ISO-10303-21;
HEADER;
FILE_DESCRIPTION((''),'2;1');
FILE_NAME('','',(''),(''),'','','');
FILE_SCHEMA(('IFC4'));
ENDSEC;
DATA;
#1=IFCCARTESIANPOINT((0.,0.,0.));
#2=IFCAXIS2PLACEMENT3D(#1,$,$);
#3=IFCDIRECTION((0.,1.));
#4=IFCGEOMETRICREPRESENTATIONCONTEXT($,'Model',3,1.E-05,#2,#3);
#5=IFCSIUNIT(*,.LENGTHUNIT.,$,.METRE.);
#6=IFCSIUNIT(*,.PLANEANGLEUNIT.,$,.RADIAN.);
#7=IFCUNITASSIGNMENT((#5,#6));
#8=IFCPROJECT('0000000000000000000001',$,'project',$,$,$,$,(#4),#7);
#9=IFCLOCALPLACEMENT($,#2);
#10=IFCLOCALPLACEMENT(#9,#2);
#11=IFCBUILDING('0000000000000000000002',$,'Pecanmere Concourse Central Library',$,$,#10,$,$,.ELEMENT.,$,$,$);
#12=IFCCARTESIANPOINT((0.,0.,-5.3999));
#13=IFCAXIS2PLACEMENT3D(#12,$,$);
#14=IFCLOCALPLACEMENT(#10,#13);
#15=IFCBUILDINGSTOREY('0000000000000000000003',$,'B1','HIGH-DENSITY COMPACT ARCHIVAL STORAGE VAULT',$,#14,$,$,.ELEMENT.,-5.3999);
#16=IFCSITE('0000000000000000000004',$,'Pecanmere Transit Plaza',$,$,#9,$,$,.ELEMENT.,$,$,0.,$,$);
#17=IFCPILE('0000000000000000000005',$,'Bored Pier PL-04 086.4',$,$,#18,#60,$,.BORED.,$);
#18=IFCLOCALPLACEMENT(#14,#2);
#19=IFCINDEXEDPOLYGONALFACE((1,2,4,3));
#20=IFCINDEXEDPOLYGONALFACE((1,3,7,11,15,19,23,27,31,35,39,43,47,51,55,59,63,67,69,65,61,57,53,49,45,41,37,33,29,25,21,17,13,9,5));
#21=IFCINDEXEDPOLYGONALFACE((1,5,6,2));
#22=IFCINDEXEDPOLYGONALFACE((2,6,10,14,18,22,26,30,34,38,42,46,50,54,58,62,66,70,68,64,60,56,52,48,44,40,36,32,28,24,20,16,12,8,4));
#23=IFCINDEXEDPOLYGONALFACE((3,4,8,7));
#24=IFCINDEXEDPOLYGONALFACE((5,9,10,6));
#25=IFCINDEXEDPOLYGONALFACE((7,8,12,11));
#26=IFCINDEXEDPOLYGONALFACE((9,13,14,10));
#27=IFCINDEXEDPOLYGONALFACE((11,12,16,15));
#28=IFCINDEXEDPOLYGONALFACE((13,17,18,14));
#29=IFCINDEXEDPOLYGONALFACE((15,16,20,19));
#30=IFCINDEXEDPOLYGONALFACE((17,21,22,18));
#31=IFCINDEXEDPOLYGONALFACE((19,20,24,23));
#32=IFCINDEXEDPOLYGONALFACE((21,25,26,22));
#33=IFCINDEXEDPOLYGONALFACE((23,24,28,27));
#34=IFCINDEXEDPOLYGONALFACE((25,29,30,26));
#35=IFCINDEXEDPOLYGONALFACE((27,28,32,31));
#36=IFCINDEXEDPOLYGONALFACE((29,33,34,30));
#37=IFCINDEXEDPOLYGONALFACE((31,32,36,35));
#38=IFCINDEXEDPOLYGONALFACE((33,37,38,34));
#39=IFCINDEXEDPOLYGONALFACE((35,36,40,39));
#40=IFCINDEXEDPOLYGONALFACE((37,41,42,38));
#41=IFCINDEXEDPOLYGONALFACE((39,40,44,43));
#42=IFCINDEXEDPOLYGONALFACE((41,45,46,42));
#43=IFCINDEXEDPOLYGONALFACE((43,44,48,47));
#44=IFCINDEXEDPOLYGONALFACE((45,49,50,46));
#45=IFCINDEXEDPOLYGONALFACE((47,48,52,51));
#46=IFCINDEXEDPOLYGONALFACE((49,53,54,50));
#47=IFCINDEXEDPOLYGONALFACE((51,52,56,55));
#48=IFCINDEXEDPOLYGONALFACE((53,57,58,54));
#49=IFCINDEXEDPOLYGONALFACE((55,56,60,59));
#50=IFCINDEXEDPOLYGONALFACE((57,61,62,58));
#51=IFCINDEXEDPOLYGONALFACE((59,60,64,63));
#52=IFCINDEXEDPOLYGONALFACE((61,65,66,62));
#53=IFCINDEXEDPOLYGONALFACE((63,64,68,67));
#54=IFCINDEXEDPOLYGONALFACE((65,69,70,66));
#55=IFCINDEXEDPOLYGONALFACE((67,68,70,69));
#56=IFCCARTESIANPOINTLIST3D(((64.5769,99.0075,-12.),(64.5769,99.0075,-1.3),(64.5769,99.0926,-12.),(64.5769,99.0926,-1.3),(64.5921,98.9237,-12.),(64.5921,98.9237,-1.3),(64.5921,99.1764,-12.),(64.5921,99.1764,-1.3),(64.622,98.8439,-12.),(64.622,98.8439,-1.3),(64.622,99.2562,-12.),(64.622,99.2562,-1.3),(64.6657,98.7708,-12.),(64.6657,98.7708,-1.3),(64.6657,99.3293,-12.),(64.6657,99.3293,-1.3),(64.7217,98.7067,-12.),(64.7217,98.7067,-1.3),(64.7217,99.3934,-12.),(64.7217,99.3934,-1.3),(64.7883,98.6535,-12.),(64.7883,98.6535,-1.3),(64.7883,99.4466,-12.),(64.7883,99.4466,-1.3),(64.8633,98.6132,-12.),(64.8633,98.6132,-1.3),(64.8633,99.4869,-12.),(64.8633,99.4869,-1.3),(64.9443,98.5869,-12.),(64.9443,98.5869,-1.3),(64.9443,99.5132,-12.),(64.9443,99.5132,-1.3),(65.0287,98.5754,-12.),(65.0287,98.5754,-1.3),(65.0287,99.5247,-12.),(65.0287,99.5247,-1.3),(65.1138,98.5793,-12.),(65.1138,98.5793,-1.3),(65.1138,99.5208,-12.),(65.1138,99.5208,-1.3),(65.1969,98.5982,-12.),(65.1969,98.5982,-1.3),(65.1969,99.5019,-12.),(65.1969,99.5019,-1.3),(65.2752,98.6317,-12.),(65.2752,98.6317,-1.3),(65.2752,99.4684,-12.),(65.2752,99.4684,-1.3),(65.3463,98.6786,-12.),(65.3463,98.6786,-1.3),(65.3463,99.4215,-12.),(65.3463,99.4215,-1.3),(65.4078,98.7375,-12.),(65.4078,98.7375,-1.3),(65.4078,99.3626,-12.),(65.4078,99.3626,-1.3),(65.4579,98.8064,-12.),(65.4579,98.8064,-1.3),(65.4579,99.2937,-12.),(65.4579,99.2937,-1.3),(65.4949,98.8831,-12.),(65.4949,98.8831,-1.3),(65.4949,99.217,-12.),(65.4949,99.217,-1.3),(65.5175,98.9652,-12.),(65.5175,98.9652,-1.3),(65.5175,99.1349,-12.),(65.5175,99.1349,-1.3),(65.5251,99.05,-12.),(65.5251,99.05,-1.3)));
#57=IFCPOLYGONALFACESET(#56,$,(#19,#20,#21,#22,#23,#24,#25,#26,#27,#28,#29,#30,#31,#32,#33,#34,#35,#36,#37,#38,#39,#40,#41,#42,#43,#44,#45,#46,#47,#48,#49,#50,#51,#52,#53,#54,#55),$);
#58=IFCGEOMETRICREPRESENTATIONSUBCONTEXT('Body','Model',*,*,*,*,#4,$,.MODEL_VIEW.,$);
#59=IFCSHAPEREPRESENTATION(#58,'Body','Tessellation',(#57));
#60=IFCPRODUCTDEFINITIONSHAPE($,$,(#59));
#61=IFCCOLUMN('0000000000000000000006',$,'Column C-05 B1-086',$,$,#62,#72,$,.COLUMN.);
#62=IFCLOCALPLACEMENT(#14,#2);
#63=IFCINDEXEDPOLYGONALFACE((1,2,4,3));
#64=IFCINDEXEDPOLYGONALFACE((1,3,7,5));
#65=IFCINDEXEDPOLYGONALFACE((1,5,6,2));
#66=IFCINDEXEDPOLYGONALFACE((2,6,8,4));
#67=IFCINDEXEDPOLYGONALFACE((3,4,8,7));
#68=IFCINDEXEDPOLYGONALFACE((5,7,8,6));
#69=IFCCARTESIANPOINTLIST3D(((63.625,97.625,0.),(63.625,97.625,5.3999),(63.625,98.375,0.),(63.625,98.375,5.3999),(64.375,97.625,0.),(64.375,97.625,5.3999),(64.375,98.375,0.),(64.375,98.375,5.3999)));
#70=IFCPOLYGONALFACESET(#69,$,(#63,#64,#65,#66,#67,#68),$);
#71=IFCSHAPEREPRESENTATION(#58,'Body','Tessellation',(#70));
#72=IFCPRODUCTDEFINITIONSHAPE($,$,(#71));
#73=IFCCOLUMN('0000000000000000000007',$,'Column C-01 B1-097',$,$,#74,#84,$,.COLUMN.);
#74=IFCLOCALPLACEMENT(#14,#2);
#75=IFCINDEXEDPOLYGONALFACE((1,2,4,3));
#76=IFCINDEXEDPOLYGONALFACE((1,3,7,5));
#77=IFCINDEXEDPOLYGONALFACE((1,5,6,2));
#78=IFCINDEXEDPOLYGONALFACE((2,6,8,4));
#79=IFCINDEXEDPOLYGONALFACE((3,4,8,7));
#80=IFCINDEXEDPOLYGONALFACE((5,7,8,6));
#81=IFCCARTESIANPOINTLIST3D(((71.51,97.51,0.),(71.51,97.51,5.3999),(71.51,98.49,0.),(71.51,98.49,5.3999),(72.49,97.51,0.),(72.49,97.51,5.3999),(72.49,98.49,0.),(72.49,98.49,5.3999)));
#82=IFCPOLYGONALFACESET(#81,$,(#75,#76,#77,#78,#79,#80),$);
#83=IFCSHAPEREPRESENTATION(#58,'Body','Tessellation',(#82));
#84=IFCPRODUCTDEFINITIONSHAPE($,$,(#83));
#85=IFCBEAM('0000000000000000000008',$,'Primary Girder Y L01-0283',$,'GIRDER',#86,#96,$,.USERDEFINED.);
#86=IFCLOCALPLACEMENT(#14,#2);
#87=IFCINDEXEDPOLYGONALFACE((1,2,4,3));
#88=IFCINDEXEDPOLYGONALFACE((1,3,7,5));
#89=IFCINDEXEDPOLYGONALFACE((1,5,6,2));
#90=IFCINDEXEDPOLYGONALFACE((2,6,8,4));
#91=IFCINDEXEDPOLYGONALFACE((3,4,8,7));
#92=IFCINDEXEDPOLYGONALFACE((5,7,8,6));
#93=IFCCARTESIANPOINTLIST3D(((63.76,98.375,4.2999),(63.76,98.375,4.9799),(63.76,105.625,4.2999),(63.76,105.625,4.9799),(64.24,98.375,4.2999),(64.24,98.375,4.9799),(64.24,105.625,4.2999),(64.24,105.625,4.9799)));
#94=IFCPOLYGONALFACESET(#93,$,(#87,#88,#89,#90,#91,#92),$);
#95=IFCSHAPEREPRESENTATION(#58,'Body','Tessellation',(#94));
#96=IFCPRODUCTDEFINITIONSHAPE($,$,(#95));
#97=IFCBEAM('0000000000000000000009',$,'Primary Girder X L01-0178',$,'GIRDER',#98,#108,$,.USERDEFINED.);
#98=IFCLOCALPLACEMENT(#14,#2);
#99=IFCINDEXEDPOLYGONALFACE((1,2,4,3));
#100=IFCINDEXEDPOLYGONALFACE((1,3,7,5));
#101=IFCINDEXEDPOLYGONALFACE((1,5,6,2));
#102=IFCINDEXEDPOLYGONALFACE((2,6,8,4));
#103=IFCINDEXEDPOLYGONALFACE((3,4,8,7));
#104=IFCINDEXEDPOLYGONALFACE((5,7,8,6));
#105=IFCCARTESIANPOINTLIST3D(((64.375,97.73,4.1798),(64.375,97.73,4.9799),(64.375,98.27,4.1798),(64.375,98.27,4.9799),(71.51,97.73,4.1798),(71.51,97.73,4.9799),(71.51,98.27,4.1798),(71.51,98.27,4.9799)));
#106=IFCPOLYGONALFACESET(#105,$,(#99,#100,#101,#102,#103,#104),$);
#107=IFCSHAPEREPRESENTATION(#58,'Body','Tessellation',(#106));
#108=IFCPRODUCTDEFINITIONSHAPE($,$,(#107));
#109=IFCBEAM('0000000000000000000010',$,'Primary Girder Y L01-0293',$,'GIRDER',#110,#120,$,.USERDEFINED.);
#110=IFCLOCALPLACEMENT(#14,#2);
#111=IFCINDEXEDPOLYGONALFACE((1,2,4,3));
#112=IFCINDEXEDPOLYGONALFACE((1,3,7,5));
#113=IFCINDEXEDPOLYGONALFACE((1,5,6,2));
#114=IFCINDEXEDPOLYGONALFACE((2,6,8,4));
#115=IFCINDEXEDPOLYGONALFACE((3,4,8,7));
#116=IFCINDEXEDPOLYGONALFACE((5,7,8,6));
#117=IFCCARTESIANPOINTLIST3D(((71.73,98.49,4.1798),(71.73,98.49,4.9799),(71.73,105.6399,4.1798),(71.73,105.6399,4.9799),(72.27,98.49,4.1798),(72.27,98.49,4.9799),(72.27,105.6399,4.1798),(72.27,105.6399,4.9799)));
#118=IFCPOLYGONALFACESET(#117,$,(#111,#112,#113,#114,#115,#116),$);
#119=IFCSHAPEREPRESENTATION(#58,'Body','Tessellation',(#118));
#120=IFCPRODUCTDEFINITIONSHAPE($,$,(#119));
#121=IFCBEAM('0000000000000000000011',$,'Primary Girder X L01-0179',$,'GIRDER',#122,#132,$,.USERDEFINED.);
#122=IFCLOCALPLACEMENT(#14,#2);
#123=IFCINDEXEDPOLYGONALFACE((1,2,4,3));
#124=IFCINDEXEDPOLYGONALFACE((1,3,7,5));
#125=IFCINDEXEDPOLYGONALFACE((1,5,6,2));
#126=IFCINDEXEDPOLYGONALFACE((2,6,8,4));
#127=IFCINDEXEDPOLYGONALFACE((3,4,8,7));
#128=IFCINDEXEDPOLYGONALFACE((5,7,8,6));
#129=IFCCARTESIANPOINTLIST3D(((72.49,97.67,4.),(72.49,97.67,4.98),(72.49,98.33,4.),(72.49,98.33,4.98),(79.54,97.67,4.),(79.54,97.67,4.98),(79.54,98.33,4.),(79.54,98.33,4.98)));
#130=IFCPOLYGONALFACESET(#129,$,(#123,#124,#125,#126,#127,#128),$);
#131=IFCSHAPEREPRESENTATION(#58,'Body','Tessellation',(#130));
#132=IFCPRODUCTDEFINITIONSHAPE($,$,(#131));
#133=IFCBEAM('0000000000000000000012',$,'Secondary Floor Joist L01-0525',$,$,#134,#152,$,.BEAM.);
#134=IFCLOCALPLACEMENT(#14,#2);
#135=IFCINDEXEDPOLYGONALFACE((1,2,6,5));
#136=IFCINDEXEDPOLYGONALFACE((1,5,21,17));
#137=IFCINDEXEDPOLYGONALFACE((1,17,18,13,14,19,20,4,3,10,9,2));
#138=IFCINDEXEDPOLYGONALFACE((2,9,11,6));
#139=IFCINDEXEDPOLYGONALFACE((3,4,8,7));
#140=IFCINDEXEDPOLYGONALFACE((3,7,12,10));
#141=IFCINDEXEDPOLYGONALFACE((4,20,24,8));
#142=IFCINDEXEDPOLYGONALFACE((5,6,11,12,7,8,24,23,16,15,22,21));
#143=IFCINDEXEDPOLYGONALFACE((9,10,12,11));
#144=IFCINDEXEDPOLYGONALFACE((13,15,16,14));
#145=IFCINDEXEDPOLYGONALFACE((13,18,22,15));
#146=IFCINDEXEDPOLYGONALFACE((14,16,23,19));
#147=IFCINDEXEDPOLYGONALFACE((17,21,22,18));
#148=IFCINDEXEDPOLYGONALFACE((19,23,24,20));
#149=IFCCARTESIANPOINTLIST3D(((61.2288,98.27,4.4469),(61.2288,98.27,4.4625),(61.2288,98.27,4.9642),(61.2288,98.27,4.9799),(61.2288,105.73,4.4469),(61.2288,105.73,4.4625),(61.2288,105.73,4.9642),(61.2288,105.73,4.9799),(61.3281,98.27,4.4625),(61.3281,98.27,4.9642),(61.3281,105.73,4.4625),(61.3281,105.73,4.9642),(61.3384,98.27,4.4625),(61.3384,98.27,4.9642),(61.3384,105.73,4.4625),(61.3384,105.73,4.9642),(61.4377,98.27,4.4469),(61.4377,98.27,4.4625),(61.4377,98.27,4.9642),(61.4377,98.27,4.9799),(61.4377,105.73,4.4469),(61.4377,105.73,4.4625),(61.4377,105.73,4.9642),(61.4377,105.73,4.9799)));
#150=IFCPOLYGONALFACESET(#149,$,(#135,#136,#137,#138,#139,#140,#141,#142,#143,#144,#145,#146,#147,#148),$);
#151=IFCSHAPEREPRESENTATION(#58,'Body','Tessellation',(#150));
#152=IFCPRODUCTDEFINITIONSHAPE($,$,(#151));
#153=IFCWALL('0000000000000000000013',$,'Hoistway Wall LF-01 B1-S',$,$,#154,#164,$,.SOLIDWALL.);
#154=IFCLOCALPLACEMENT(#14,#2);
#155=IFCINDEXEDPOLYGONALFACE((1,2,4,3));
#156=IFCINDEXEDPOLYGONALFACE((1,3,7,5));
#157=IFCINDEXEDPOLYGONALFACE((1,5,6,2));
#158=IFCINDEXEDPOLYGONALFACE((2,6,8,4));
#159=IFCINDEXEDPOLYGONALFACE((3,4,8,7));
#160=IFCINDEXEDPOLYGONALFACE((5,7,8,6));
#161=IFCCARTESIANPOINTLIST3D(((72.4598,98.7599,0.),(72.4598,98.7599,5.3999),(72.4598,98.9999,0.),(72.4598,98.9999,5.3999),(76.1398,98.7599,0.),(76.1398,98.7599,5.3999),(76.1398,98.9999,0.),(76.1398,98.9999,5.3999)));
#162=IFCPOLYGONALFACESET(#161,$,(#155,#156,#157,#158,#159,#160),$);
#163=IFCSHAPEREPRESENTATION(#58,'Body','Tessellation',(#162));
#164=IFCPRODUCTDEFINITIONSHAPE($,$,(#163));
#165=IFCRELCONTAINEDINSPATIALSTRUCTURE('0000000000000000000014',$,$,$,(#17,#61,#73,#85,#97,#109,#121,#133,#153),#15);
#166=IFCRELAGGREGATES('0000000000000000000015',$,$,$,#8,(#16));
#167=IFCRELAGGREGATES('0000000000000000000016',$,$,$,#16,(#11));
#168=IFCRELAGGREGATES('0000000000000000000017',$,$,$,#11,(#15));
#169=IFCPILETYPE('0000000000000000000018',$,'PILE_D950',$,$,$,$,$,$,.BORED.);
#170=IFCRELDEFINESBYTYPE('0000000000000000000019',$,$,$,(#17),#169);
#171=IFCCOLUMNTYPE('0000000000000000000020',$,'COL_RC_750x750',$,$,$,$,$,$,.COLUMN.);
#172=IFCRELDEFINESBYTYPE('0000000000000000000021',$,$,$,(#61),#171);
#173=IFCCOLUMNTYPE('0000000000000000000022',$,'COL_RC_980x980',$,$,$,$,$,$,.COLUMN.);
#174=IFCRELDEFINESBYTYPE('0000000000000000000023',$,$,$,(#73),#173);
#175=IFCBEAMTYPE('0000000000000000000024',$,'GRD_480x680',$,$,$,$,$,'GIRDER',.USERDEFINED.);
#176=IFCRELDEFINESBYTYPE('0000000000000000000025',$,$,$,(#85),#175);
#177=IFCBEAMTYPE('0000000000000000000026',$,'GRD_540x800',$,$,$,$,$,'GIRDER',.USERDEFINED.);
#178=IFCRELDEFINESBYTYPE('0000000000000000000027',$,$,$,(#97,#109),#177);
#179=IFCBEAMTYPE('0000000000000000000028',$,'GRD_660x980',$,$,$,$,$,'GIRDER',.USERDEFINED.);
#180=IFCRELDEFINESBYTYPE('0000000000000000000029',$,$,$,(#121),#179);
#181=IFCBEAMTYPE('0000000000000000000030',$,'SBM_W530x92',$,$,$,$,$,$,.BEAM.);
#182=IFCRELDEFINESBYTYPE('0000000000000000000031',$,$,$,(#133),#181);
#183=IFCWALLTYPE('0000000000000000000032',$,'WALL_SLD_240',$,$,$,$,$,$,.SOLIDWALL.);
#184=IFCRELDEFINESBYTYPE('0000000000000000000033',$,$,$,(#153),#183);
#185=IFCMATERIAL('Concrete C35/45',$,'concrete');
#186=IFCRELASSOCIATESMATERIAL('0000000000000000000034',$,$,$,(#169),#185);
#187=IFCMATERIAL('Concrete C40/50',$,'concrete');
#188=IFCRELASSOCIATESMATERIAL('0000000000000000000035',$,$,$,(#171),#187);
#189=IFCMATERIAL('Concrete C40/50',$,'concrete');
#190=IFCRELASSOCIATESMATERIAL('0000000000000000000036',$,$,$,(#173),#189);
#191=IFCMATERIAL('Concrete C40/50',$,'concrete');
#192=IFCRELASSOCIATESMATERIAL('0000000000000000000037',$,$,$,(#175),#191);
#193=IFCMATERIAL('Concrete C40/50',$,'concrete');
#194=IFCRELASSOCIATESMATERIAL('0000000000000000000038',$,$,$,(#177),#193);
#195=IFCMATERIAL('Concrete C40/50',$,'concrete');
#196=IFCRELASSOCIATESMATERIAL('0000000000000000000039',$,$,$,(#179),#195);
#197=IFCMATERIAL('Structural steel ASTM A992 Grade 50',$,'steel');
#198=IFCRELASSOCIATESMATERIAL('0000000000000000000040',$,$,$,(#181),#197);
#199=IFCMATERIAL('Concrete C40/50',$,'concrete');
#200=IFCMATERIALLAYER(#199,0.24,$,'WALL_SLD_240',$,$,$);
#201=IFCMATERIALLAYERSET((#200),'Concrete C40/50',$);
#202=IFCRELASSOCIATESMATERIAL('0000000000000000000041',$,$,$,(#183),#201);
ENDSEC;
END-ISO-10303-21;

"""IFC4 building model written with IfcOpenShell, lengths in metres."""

from ifc_helpers import new_model, si_unit, direction, frame, frame_2d, origin, origin_2d, place, context, subcontext, project, spatial, rectangle, circle, i_section, extrude, material, layer, layer_set, material_profile, profile_set, type_object, element, save


model = new_model("IFC4")

# Units and contexts
model_context = context("Model", 3, precision=1e-05, world=origin(), true_north=direction((0.0, 1.0)))
body_context = subcontext(model_context, "Body", "Model", "MODEL_VIEW")
ifc_project = project(units=[si_unit("LENGTHUNIT", "METRE"), si_unit("PLANEANGLEUNIT", "RADIAN")], contexts=[model_context])

# Site, building, storey
site_placement = place(None, origin())
site = spatial("IfcSite", under=ifc_project, at=site_placement, Name="Pecanmere Transit Plaza", CompositionType="ELEMENT", RefElevation=0.0)
building_placement = place(site_placement, origin())
building = spatial("IfcBuilding", under=site, at=building_placement, Name="Pecanmere Concourse Central Library", CompositionType="ELEMENT")
storey_placement = place(building_placement, frame((0.0, 0.0, -5.3999)))
storey = spatial("IfcBuildingStorey", under=building, at=storey_placement, Name="B1", Description="HIGH-DENSITY COMPACT ARCHIVAL STORAGE VAULT", CompositionType="ELEMENT", Elevation=-5.3999)

# Pile
ifc_material_1 = material(Name="Concrete C35/45", Category="concrete")
ifc_material_profile_1 = material_profile(ifc_material_1, circle(Radius=0.4751, at=origin_2d()), Name="PIER D950")
ifc_profile_set_1 = profile_set([ifc_material_profile_1], Name="Concrete C35/45")
pile_type_1 = type_object("IfcPileType", Name="PILE_D950", PredefinedType="BORED", material=ifc_profile_set_1)
for number, where, z_axis, x_axis, name in (
    (1, (65.05, 99.05, -1.3), (0.0, 0.0, -1.0), (1.0, 0.0, 0.0), "Bored Pier PL-04 086.4"),
):
    element("IfcPile", number, at=place(storey_placement, frame(where, z_axis=z_axis, x_axis=x_axis)), inside=storey, type_object=pile_type_1, Name=name, PredefinedType="BORED", context=body_context, shape_type="SweptSolid", body=[
        extrude(circle(Radius=0.4751, at=origin_2d()), origin(), (0.0, 0.0, 1.0), 10.7),
    ])

# Columns
ifc_material_2 = material(Name="Concrete C40/50", Category="concrete")
ifc_material_profile_2 = material_profile(ifc_material_2, rectangle(XDim=0.75, YDim=0.75, at=origin_2d()), Name="RC 750x750")
ifc_profile_set_2 = profile_set([ifc_material_profile_2], Name="Concrete C40/50")
column_type_1 = type_object("IfcColumnType", Name="COL_RC_750x750", PredefinedType="COLUMN", material=ifc_profile_set_2)
column_1_placement = place(storey_placement, frame((64.0, 98.0, 0.0), z_axis=(0.0, 0.0, 1.0), x_axis=(1.0, 0.0, 0.0)))
element("IfcColumn", 2, at=column_1_placement, inside=storey, type_object=column_type_1, Name="Column C-05 B1-086", PredefinedType="COLUMN", context=body_context, shape_type="SweptSolid", body=[
    extrude(rectangle(XDim=0.75, YDim=0.75, at=origin_2d()), origin(), (0.0, 0.0, 1.0), 5.3999),
])
ifc_material_3 = material(Name="Concrete C40/50", Category="concrete")
ifc_material_profile_3 = material_profile(ifc_material_3, rectangle(XDim=0.98, YDim=0.98, at=origin_2d()), Name="RC 980x980")
ifc_profile_set_3 = profile_set([ifc_material_profile_3], Name="Concrete C40/50")
column_type_2 = type_object("IfcColumnType", Name="COL_RC_980x980", PredefinedType="COLUMN", material=ifc_profile_set_3)
column_2_placement = place(storey_placement, frame((72.0, 98.0, 0.0), z_axis=(0.0, 0.0, 1.0), x_axis=(1.0, 0.0, 0.0)))
element("IfcColumn", 3, at=column_2_placement, inside=storey, type_object=column_type_2, Name="Column C-01 B1-097", PredefinedType="COLUMN", context=body_context, shape_type="SweptSolid", body=[
    extrude(rectangle(XDim=0.98, YDim=0.98, at=origin_2d()), origin(), (0.0, 0.0, 1.0), 5.3999),
])

# Beams
ifc_material_4 = material(Name="Concrete C40/50", Category="concrete")
ifc_material_profile_4 = material_profile(ifc_material_4, rectangle(XDim=0.48, YDim=0.6799, at=origin_2d()), Name="RC 480x680")
ifc_profile_set_4 = profile_set([ifc_material_profile_4], Name="Concrete C40/50")
beam_type_1 = type_object("IfcBeamType", Name="GRD_480x680", ElementType="GIRDER", PredefinedType="USERDEFINED", material=ifc_profile_set_4)
beam_1_placement = place(storey_placement, frame((64.0, 98.375, 4.6399), z_axis=(0.0, 1.0, 0.0), x_axis=(-1.0, 0.0, 0.0)))
element("IfcBeam", 4, at=beam_1_placement, inside=storey, type_object=beam_type_1, Name="Primary Girder Y L01-0283", ObjectType="GIRDER", PredefinedType="USERDEFINED", context=body_context, shape_type="SweptSolid", body=[
    extrude(rectangle(XDim=0.48, YDim=0.6799, at=origin_2d()), origin(), (0.0, 0.0, 1.0), 7.25),
])
ifc_material_5 = material(Name="Concrete C40/50", Category="concrete")
ifc_material_profile_5 = material_profile(ifc_material_5, rectangle(XDim=0.54, YDim=0.8, at=origin_2d()), Name="RC 540x800")
ifc_profile_set_5 = profile_set([ifc_material_profile_5], Name="Concrete C40/50")
beam_type_2 = type_object("IfcBeamType", Name="GRD_540x800", ElementType="GIRDER", PredefinedType="USERDEFINED", material=ifc_profile_set_5)
beam_2_placement = place(storey_placement, frame((64.375, 98.0, 4.5798), z_axis=(1.0, 0.0, 0.0), x_axis=(0.0, 1.0, 0.0)))
element("IfcBeam", 5, at=beam_2_placement, inside=storey, type_object=beam_type_2, Name="Primary Girder X L01-0178", ObjectType="GIRDER", PredefinedType="USERDEFINED", context=body_context, shape_type="SweptSolid", body=[
    extrude(rectangle(XDim=0.54, YDim=0.8, at=origin_2d()), origin(), (0.0, 0.0, 1.0), 7.135),
])
beam_3_placement = place(storey_placement, frame((72.0, 98.49, 4.5798), z_axis=(0.0, 1.0, 0.0), x_axis=(-1.0, 0.0, 0.0)))
element("IfcBeam", 6, at=beam_3_placement, inside=storey, type_object=beam_type_2, Name="Primary Girder Y L01-0293", ObjectType="GIRDER", PredefinedType="USERDEFINED", context=body_context, shape_type="SweptSolid", body=[
    extrude(rectangle(XDim=0.54, YDim=0.8, at=origin_2d()), origin(), (0.0, 0.0, 1.0), 7.1499),
])
ifc_material_6 = material(Name="Concrete C40/50", Category="concrete")
ifc_material_profile_6 = material_profile(ifc_material_6, rectangle(XDim=0.6599, YDim=0.98, at=origin_2d()), Name="RC 660x980")
ifc_profile_set_6 = profile_set([ifc_material_profile_6], Name="Concrete C40/50")
beam_type_3 = type_object("IfcBeamType", Name="GRD_660x980", ElementType="GIRDER", PredefinedType="USERDEFINED", material=ifc_profile_set_6)
beam_4_placement = place(storey_placement, frame((72.49, 98.0, 4.49), z_axis=(1.0, 0.0, 0.0), x_axis=(0.0, 1.0, 0.0)))
element("IfcBeam", 7, at=beam_4_placement, inside=storey, type_object=beam_type_3, Name="Primary Girder X L01-0179", ObjectType="GIRDER", PredefinedType="USERDEFINED", context=body_context, shape_type="SweptSolid", body=[
    extrude(rectangle(XDim=0.6599, YDim=0.98, at=origin_2d()), origin(), (0.0, 0.0, 1.0), 7.05),
])
ifc_material_7 = material(Name="Structural steel ASTM A992 Grade 50", Category="steel")
ifc_material_profile_7 = material_profile(ifc_material_7, i_section(OverallWidth=0.209, OverallDepth=0.533, WebThickness=0.0103, FlangeThickness=0.0156, at=origin_2d()), Name="W530x92")
ifc_profile_set_7 = profile_set([ifc_material_profile_7], Name="Structural steel ASTM A992 Grade 50")
beam_type_4 = type_object("IfcBeamType", Name="SBM_W530x92", PredefinedType="BEAM", material=ifc_profile_set_7)
beam_5_placement = place(storey_placement, frame((61.3333, 98.27, 4.7134), z_axis=(0.0, 1.0, 0.0), x_axis=(-1.0, 0.0, 0.0)))
element("IfcBeam", 8, at=beam_5_placement, inside=storey, type_object=beam_type_4, Name="Secondary Floor Joist L01-0525", PredefinedType="BEAM", context=body_context, shape_type="SweptSolid", body=[
    extrude(i_section(OverallWidth=0.209, OverallDepth=0.533, WebThickness=0.0103, FlangeThickness=0.0156, at=origin_2d()), origin(), (0.0, 0.0, 1.0), 7.46),
])

# Wall
ifc_material_8 = material(Name="Concrete C40/50", Category="concrete")
ifc_layer_1 = layer(ifc_material_8, 0.24, Name="WALL_SLD_240")
ifc_layer_set_1 = layer_set([ifc_layer_1], Name="Concrete C40/50")
wall_type_1 = type_object("IfcWallType", Name="WALL_SLD_240", PredefinedType="SOLIDWALL", material=ifc_layer_set_1)
wall_1_placement = place(storey_placement, frame((72.46, 98.8799, 0.0), z_axis=(0.0, 0.0, 1.0), x_axis=(1.0, 0.0, 0.0)))
element("IfcWall", 9, at=wall_1_placement, inside=storey, type_object=wall_type_1, Name="Hoistway Wall LF-01 B1-S", PredefinedType="SOLIDWALL", context=body_context, shape_type="SweptSolid", body=[
    extrude(rectangle(XDim=3.6799, YDim=0.24, at=frame_2d((1.8398, 0.0))), origin(), (0.0, 0.0, 1.0), 5.3999),
])

save(model, "model.ifc")
